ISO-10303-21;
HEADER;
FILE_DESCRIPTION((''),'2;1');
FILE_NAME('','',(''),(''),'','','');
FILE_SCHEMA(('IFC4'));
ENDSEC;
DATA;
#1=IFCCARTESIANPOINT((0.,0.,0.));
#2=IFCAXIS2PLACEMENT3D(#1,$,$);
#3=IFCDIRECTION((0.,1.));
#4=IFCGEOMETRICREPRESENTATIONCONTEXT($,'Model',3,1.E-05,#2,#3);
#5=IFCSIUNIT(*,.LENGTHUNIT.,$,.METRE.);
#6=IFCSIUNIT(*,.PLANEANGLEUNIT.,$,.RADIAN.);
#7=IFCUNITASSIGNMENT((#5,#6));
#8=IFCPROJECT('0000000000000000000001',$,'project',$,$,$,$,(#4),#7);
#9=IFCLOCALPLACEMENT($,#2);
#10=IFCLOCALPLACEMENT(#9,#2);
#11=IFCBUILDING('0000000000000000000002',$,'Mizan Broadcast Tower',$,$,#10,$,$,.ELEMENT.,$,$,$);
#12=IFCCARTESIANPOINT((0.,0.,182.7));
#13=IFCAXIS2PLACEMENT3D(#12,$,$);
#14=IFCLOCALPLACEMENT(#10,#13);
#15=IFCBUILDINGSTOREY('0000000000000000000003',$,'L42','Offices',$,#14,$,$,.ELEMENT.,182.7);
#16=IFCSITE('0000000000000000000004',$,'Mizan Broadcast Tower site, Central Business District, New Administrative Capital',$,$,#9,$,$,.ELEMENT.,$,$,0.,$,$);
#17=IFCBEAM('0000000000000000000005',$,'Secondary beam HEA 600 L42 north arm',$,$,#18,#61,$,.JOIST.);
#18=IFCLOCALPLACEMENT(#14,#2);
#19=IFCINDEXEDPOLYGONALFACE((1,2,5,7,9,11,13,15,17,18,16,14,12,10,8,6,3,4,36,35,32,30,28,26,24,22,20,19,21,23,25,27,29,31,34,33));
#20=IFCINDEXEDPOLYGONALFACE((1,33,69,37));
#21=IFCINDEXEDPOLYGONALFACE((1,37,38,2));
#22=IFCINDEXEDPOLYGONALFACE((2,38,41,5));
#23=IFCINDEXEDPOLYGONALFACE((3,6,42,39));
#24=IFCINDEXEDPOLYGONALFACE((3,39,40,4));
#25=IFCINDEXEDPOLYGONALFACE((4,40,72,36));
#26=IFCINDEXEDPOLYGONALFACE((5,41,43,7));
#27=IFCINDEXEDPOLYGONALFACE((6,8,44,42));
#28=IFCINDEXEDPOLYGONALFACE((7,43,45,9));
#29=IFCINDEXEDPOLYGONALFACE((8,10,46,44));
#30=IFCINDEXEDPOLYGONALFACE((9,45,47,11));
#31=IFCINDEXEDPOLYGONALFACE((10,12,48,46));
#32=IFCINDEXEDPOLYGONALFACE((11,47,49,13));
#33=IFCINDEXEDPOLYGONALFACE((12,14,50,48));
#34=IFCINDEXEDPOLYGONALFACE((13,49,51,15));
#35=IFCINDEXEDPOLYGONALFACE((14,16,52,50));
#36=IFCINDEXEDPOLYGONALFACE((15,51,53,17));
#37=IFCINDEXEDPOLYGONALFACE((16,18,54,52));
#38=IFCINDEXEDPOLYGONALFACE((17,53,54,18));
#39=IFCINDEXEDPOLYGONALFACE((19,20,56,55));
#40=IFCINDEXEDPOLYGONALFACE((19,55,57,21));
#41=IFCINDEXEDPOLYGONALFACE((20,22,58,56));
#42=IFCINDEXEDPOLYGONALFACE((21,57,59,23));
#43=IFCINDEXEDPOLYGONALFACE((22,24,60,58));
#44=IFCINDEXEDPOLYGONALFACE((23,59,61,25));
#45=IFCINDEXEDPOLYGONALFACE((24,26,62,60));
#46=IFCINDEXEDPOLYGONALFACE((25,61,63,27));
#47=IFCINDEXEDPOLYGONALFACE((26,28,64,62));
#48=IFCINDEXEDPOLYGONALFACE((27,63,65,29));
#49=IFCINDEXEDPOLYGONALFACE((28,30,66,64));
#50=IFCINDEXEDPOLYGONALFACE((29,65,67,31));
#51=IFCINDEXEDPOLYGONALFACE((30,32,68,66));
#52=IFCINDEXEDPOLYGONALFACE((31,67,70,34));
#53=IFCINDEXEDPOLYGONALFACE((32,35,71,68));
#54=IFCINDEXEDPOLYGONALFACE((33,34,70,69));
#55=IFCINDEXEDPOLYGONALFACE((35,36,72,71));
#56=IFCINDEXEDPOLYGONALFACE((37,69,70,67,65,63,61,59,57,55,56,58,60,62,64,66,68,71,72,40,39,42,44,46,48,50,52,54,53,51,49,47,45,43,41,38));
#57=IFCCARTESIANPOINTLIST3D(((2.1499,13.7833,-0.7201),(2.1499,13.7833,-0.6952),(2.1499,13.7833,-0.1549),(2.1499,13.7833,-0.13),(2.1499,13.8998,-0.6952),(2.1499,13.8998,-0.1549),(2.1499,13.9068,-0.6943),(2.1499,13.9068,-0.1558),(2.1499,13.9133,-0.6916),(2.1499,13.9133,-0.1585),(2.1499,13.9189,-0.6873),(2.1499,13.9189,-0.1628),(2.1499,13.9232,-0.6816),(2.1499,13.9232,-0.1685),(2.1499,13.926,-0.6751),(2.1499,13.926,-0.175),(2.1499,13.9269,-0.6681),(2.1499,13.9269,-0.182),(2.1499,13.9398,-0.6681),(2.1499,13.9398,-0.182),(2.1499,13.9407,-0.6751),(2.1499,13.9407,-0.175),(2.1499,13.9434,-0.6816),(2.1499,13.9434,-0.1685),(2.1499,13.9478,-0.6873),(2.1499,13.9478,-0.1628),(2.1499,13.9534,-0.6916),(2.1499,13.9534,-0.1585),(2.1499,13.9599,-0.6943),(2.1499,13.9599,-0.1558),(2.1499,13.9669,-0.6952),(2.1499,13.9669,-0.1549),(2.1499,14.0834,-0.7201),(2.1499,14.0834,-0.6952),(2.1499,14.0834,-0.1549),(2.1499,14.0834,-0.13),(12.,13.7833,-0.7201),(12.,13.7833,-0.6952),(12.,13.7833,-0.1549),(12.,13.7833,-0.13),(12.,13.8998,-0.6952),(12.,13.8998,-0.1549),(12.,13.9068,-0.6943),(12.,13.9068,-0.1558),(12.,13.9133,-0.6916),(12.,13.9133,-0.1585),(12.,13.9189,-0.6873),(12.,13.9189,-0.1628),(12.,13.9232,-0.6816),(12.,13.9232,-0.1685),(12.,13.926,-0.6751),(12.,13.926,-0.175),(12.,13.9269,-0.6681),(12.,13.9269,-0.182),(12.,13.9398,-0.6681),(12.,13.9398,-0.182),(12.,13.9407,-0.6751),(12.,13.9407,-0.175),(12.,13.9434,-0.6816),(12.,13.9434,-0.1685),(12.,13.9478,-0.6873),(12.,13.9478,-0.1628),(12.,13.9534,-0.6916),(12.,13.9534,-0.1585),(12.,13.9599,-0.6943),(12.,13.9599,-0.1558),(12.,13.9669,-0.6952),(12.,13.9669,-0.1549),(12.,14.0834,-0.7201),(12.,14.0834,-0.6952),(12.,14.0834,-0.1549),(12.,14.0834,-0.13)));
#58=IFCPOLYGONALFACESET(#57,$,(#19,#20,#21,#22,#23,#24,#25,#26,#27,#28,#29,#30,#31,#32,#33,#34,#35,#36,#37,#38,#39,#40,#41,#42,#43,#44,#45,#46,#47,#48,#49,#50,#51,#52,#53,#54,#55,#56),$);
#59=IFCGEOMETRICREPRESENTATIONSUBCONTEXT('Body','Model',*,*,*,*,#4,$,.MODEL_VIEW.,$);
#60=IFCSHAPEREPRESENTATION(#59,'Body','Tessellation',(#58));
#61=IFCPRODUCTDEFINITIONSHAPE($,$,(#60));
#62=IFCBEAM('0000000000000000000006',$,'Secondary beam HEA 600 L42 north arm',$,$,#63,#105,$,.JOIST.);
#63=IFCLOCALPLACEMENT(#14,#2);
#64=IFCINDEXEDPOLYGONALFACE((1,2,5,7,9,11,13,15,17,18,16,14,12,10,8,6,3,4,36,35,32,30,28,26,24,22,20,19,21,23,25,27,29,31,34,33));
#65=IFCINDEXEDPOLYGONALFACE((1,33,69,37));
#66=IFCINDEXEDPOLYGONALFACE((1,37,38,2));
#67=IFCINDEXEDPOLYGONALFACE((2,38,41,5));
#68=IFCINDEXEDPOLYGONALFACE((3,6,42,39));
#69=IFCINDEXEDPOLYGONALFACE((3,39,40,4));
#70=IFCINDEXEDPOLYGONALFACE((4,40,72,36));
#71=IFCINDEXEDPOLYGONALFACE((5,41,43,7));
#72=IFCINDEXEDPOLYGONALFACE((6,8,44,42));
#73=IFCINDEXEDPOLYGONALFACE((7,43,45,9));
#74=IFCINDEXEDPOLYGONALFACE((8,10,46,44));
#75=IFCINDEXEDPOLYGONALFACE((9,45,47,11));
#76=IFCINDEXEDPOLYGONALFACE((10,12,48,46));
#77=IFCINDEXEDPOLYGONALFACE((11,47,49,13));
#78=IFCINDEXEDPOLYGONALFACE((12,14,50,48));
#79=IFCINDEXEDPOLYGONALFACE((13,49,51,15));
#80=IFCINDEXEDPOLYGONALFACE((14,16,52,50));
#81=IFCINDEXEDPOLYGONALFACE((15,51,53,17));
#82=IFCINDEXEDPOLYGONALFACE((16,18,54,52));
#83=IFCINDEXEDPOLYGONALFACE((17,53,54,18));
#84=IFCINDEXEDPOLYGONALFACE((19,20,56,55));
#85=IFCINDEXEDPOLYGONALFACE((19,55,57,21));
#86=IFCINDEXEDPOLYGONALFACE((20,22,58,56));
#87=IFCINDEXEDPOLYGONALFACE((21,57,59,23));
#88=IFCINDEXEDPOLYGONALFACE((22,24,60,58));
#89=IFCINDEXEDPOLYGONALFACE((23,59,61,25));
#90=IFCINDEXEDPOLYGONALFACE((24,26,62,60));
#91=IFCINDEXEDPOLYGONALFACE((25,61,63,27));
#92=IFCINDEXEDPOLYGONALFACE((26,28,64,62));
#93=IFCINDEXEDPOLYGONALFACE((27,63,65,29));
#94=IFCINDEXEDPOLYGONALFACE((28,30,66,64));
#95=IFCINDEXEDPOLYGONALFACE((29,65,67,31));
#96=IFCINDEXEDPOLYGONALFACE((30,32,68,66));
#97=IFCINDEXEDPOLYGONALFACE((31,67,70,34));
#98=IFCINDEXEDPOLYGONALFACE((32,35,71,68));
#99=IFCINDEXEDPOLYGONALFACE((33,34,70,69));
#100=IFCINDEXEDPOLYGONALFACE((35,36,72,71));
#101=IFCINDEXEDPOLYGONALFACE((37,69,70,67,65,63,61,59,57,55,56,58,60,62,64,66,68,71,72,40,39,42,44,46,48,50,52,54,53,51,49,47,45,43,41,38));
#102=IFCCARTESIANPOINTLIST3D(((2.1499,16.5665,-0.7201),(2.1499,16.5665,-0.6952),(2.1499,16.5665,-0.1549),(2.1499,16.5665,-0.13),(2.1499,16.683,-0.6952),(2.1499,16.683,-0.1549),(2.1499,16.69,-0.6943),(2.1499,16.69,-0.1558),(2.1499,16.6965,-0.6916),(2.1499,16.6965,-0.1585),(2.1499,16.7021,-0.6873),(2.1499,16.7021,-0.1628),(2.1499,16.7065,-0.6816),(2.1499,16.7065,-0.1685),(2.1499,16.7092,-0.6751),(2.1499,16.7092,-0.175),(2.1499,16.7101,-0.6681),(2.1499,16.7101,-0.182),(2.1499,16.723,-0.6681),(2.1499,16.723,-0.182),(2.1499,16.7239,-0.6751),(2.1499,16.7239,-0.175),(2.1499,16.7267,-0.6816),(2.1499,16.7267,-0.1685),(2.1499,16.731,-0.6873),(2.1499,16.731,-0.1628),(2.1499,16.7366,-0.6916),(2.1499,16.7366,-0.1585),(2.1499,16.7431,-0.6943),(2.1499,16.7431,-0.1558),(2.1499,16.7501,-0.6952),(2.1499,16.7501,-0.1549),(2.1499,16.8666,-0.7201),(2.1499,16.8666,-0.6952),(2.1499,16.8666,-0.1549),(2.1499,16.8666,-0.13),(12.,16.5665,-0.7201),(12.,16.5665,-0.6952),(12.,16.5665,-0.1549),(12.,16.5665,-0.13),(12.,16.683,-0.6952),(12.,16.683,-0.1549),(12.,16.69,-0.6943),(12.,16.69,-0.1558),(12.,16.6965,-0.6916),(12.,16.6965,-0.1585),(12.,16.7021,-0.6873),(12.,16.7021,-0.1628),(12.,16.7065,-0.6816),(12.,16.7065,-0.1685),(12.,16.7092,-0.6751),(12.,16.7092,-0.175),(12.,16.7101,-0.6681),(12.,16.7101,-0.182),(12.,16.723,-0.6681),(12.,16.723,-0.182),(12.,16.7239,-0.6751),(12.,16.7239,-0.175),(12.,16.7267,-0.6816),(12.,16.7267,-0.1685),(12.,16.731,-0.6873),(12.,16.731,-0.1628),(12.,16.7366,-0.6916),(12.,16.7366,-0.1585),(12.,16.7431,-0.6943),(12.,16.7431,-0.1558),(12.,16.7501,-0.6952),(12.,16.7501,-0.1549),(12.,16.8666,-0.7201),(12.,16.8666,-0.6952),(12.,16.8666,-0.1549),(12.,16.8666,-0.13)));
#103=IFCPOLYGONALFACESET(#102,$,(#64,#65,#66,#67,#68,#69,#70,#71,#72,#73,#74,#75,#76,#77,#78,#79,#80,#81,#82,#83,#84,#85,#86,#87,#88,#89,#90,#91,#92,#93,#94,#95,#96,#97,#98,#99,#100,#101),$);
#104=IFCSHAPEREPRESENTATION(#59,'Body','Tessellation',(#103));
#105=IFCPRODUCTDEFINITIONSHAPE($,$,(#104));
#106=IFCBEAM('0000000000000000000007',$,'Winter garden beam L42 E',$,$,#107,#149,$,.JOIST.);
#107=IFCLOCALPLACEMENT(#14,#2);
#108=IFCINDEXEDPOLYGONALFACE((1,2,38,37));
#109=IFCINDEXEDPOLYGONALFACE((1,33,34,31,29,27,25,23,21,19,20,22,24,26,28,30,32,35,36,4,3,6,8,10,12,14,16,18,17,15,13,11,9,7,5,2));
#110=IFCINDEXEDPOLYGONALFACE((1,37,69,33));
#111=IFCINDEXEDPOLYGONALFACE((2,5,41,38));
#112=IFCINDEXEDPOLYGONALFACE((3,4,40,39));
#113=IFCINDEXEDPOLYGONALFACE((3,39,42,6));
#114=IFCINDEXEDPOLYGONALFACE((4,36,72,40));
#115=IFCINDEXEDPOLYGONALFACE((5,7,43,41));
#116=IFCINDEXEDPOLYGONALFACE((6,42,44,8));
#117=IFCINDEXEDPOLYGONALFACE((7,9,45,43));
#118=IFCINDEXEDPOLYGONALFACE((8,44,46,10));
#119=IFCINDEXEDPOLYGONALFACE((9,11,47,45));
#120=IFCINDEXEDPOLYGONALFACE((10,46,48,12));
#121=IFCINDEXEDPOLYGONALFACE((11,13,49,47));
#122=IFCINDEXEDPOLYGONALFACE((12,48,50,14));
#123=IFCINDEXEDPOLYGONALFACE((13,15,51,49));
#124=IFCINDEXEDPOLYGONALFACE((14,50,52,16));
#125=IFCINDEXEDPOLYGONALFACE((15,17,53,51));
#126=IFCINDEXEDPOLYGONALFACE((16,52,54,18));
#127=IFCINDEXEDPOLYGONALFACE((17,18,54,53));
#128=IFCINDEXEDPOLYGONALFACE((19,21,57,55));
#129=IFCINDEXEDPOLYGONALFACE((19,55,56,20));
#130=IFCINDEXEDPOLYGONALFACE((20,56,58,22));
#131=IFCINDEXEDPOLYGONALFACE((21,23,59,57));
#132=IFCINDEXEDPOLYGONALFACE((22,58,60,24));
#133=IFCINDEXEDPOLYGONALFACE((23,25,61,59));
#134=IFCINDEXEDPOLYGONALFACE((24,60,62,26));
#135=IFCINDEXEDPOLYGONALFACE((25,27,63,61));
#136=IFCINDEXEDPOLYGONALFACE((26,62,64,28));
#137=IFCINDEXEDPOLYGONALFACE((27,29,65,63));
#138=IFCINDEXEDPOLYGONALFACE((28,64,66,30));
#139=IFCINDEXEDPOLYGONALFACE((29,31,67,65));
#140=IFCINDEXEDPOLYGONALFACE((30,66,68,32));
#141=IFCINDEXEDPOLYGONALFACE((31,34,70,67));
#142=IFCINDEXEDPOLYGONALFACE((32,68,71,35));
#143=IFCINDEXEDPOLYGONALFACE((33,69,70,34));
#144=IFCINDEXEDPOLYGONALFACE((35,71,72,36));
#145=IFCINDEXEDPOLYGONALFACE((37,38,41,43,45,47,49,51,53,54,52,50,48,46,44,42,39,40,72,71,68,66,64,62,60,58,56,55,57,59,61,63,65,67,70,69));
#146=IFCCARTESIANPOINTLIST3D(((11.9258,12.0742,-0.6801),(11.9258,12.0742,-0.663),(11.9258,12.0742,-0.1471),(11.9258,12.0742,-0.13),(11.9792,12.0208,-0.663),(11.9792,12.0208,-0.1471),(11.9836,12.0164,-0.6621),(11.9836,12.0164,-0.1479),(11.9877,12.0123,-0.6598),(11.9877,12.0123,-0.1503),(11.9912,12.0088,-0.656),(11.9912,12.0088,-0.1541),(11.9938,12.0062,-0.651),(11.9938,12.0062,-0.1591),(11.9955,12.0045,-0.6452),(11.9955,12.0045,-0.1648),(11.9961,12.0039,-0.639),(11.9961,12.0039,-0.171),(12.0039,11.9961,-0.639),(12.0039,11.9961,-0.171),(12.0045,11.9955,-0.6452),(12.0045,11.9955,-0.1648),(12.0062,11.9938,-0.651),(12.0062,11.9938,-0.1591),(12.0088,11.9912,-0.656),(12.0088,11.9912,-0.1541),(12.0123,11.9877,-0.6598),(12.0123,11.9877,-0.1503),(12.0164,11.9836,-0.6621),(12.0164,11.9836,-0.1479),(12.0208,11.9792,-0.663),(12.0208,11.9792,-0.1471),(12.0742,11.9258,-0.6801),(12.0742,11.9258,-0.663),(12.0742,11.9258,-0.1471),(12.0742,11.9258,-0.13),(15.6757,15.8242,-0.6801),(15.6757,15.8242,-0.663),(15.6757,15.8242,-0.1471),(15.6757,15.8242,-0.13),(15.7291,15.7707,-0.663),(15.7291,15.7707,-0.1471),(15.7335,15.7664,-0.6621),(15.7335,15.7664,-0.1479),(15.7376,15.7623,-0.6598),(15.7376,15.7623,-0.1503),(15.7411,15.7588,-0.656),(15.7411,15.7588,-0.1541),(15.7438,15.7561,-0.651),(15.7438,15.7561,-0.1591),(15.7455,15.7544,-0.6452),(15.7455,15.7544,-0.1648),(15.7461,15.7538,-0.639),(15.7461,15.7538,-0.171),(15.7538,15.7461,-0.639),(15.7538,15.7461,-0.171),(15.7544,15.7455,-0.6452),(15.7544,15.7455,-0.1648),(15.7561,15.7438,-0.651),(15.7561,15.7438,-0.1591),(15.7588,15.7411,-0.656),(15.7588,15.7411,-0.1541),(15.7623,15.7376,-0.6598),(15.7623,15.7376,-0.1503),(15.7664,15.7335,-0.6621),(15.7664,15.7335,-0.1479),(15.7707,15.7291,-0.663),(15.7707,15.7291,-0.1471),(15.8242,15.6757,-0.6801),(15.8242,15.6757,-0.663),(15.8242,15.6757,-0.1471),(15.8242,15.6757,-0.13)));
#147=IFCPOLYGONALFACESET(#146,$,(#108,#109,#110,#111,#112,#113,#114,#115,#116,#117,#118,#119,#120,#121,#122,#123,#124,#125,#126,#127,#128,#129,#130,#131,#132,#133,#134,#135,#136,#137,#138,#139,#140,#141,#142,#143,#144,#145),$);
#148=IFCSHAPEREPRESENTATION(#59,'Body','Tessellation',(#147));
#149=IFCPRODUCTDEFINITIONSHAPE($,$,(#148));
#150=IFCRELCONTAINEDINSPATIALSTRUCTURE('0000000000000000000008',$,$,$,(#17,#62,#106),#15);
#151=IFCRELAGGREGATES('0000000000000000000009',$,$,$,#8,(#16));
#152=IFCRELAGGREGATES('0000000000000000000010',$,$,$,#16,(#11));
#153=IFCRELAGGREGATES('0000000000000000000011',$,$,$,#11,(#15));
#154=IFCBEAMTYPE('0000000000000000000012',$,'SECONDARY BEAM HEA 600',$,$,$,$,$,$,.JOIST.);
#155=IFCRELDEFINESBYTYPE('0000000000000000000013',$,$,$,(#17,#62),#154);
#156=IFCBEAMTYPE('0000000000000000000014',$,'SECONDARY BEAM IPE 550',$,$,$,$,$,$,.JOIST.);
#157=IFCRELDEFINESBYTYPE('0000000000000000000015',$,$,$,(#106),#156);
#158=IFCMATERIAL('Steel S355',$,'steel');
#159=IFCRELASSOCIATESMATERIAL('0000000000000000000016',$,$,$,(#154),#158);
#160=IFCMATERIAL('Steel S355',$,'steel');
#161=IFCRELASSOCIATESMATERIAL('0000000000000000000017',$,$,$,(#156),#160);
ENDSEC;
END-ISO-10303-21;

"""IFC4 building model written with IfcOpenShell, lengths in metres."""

from ifc_helpers import new_model, si_unit, direction, frame, origin, origin_2d, place, context, subcontext, project, spatial, i_section, extrude, material, material_profile, profile_set, type_object, element, save


model = new_model("IFC4")

# Units and contexts
model_context = context("Model", 3, precision=1e-05, world=origin(), true_north=direction((0.0, 1.0)))
body_context = subcontext(model_context, "Body", "Model", "MODEL_VIEW")
ifc_project = project(units=[si_unit("LENGTHUNIT", "METRE"), si_unit("PLANEANGLEUNIT", "RADIAN")], contexts=[model_context])

# Site, building, storey
site_placement = place(None, origin())
site = spatial("IfcSite", under=ifc_project, at=site_placement, Name="Mizan Broadcast Tower site, Central Business District, New Administrative Capital", CompositionType="ELEMENT", RefElevation=0.0)
building_placement = place(site_placement, origin())
building = spatial("IfcBuilding", under=site, at=building_placement, Name="Mizan Broadcast Tower", CompositionType="ELEMENT")
storey_placement = place(building_placement, frame((0.0, 0.0, 182.7)))
storey = spatial("IfcBuildingStorey", under=building, at=storey_placement, Name="L42", Description="Offices", CompositionType="ELEMENT", Elevation=182.7)

# Beams
ifc_material_1 = material(Name="Steel S355", Category="steel")
ifc_material_profile_1 = material_profile(ifc_material_1, i_section(OverallWidth=0.3, OverallDepth=0.5901, WebThickness=0.0129, FlangeThickness=0.0249, FilletRadius=0.0271, at=origin_2d()), Name="HEA 600")
ifc_profile_set_1 = profile_set([ifc_material_profile_1], Name="Steel S355")
beam_type_1 = type_object("IfcBeamType", Name="SECONDARY BEAM HEA 600", PredefinedType="JOIST", material=ifc_profile_set_1)
for number, where, z_axis, x_axis, name in (
    (1, (12.0, 13.9333, -0.425), (-1.0, 0.0, 0.0), (0.0, -1.0, 0.0), "Secondary beam HEA 600 L42 north arm"),
    (2, (12.0, 16.7166, -0.425), (-1.0, 0.0, 0.0), (0.0, -1.0, 0.0), "Secondary beam HEA 600 L42 north arm"),
):
    element("IfcBeam", number, at=place(storey_placement, frame(where, z_axis=z_axis, x_axis=x_axis)), inside=storey, type_object=beam_type_1, Name=name, PredefinedType="JOIST", context=body_context, shape_type="SweptSolid", body=[
        extrude(i_section(OverallWidth=0.3, OverallDepth=0.5901, WebThickness=0.0129, FlangeThickness=0.0249, FilletRadius=0.0271, at=origin_2d()), origin(), (0.0, 0.0, 1.0), 9.8501),
    ])
ifc_material_2 = material(Name="Steel S355", Category="steel")
ifc_material_profile_2 = material_profile(ifc_material_2, i_section(OverallWidth=0.21, OverallDepth=0.55, WebThickness=0.011, FlangeThickness=0.0171, FilletRadius=0.0239, at=origin_2d()), Name="IPE 550")
ifc_profile_set_2 = profile_set([ifc_material_profile_2], Name="Steel S355")
beam_type_2 = type_object("IfcBeamType", Name="SECONDARY BEAM IPE 550", PredefinedType="JOIST", material=ifc_profile_set_2)
beam_1_placement = place(storey_placement, frame((12.0, 12.0, -0.405), z_axis=(0.707107, 0.707107, 0.0), x_axis=(-0.707107, 0.707107, 0.0)))
element("IfcBeam", 3, at=beam_1_placement, inside=storey, type_object=beam_type_2, Name="Winter garden beam L42 E", PredefinedType="JOIST", context=body_context, shape_type="SweptSolid", body=[
    extrude(i_section(OverallWidth=0.21, OverallDepth=0.55, WebThickness=0.011, FlangeThickness=0.0171, FilletRadius=0.0239, at=origin_2d()), origin(), (0.0, 0.0, 1.0), 5.3032),
])

save(model, "model.ifc")
